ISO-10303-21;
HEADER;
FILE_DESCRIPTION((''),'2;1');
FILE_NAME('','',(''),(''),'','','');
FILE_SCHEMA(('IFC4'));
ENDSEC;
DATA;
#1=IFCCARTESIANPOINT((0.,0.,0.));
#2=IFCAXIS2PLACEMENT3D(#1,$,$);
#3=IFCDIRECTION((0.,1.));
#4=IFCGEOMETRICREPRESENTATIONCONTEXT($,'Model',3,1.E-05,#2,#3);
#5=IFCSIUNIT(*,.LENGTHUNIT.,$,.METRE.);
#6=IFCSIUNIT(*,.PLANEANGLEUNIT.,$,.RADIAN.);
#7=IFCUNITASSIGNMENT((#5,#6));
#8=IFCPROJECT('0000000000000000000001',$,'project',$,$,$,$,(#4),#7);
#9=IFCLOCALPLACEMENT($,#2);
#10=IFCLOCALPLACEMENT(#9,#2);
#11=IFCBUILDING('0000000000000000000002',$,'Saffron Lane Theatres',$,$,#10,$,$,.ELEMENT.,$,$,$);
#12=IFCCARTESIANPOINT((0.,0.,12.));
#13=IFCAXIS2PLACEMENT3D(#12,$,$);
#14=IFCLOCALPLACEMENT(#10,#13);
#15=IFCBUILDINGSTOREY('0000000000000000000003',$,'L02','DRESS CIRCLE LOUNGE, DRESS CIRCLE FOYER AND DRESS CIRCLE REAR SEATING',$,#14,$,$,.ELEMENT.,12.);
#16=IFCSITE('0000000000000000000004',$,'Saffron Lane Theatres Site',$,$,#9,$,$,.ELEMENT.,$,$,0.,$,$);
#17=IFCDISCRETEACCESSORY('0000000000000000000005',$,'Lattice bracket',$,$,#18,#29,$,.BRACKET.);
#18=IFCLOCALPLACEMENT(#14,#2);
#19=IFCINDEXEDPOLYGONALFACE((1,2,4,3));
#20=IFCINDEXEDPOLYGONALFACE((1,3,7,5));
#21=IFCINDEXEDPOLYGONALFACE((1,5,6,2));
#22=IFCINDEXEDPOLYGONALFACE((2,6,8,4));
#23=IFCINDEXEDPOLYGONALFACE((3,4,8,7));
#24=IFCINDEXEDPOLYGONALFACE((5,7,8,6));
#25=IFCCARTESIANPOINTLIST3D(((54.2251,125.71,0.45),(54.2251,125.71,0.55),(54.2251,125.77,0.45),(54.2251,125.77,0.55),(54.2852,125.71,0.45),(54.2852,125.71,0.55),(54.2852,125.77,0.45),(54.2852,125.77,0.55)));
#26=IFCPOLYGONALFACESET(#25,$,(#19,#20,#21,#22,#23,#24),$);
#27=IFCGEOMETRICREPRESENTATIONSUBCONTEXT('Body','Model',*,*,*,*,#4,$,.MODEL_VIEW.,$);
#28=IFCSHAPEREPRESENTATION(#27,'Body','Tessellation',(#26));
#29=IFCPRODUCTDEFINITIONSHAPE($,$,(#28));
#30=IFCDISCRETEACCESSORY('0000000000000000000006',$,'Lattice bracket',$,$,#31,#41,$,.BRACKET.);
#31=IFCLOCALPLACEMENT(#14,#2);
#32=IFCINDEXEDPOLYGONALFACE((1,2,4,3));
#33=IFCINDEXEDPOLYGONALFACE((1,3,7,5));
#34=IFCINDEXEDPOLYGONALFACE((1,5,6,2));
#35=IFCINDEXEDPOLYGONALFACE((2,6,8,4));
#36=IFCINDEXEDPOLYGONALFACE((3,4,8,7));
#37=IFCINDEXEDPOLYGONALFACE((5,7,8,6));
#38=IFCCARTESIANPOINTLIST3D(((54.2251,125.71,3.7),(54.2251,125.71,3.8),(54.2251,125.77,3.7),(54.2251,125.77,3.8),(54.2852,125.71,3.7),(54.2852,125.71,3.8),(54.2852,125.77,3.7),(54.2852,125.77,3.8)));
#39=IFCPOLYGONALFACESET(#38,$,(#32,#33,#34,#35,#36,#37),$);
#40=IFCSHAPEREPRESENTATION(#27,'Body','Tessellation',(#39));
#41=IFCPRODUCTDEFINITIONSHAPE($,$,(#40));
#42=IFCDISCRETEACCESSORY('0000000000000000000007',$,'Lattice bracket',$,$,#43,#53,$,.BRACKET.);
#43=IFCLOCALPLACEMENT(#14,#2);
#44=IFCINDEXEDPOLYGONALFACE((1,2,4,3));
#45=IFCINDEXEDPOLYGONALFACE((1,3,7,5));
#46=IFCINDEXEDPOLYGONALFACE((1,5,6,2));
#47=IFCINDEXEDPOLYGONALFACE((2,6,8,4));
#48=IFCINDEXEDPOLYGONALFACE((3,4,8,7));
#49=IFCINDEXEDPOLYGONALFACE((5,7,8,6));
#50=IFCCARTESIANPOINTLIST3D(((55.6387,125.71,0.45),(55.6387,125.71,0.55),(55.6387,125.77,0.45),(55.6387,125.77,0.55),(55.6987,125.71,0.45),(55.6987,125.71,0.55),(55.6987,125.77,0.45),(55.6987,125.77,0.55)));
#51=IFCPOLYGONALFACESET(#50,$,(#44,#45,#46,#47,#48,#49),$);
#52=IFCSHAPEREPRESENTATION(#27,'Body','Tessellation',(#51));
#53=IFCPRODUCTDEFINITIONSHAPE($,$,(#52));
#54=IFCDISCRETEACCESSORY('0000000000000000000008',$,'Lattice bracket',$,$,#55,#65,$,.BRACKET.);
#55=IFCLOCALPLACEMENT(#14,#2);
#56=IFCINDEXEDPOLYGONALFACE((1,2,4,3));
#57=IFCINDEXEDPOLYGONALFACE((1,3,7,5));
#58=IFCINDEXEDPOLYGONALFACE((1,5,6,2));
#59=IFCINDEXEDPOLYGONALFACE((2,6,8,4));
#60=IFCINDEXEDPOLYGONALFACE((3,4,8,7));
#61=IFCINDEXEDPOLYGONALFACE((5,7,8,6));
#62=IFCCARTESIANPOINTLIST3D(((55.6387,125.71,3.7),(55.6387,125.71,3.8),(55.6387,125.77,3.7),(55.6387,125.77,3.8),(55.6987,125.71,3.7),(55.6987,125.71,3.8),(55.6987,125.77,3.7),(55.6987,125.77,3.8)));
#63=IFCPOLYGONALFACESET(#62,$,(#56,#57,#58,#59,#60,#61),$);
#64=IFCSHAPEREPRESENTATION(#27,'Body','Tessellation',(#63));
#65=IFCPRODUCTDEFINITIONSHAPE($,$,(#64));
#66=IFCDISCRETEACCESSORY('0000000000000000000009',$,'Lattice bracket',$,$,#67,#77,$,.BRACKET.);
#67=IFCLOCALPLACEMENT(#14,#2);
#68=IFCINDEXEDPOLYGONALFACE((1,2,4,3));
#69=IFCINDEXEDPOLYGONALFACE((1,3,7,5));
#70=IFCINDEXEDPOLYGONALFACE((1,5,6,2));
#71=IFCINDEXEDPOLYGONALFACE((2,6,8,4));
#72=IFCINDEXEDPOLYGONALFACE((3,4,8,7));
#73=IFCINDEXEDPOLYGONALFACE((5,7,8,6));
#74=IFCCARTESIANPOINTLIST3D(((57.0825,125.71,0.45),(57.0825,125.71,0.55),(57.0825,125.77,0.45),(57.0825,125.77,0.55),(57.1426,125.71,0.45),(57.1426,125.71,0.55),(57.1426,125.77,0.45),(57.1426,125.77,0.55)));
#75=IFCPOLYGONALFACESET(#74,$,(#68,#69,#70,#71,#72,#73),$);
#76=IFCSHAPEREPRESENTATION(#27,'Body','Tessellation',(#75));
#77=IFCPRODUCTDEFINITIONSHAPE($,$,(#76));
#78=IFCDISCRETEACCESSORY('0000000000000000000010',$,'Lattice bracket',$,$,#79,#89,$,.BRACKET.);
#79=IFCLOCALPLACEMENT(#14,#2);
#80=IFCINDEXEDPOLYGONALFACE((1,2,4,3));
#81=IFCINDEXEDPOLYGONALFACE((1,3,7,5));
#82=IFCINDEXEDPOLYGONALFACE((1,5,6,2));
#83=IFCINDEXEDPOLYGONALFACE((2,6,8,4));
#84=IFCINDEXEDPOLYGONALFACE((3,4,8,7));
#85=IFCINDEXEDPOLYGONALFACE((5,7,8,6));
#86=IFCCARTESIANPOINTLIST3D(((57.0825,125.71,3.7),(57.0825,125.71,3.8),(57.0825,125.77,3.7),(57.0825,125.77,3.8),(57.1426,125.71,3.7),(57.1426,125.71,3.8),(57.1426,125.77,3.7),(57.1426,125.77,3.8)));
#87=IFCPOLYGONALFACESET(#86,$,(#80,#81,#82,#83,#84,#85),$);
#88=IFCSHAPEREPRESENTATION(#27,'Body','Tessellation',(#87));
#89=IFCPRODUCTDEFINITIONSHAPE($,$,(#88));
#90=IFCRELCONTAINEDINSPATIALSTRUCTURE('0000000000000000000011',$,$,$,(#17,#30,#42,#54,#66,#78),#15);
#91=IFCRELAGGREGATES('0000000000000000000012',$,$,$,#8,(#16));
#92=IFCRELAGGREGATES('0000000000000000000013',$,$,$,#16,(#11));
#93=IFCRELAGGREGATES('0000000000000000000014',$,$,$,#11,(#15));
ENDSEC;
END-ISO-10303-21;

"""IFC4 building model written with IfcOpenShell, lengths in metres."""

from ifc_helpers import new_model, si_unit, direction, frame, origin, origin_2d, place, context, subcontext, project, spatial, rectangle, extrude, element, save


model = new_model("IFC4")

# Units and contexts
model_context = context("Model", 3, precision=1e-05, world=origin(), true_north=direction((0.0, 1.0)))
body_context = subcontext(model_context, "Body", "Model", "MODEL_VIEW")
ifc_project = project(units=[si_unit("LENGTHUNIT", "METRE"), si_unit("PLANEANGLEUNIT", "RADIAN")], contexts=[model_context])

# Site, building, storey
site_placement = place(None, origin())
site = spatial("IfcSite", under=ifc_project, at=site_placement, Name="Saffron Lane Theatres Site", CompositionType="ELEMENT", RefElevation=0.0)
building_placement = place(site_placement, origin())
building = spatial("IfcBuilding", under=site, at=building_placement, Name="Saffron Lane Theatres", CompositionType="ELEMENT")
storey_placement = place(building_placement, frame((0.0, 0.0, 12.0)))
storey = spatial("IfcBuildingStorey", under=building, at=storey_placement, Name="L02", Description="DRESS CIRCLE LOUNGE, DRESS CIRCLE FOYER AND DRESS CIRCLE REAR SEATING", CompositionType="ELEMENT", Elevation=12.0)

# Discrete accessories
for number, where, z_axis, x_axis, name in (
    (1, (54.2551, 125.74, 0.45), (0.0, 0.0, 1.0), (1.0, 0.0, 0.0), "Lattice bracket"),
    (2, (54.2551, 125.74, 3.7), (0.0, 0.0, 1.0), (1.0, 0.0, 0.0), "Lattice bracket"),
    (3, (55.6687, 125.74, 0.45), (0.0, 0.0, 1.0), (1.0, 0.0, 0.0), "Lattice bracket"),
    (4, (55.6687, 125.74, 3.7), (0.0, 0.0, 1.0), (1.0, 0.0, 0.0), "Lattice bracket"),
    (5, (57.1125, 125.74, 0.45), (0.0, 0.0, 1.0), (1.0, 0.0, 0.0), "Lattice bracket"),
    (6, (57.1125, 125.74, 3.7), (0.0, 0.0, 1.0), (1.0, 0.0, 0.0), "Lattice bracket"),
):
    element("IfcDiscreteAccessory", number, at=place(storey_placement, frame(where, z_axis=z_axis, x_axis=x_axis)), inside=storey, Name=name, PredefinedType="BRACKET", context=body_context, shape_type="SweptSolid", body=[
        extrude(rectangle(XDim=0.0601, YDim=0.0601, at=origin_2d()), origin(), (0.0, 0.0, 1.0), 0.1001),
    ])

save(model, "model.ifc")
